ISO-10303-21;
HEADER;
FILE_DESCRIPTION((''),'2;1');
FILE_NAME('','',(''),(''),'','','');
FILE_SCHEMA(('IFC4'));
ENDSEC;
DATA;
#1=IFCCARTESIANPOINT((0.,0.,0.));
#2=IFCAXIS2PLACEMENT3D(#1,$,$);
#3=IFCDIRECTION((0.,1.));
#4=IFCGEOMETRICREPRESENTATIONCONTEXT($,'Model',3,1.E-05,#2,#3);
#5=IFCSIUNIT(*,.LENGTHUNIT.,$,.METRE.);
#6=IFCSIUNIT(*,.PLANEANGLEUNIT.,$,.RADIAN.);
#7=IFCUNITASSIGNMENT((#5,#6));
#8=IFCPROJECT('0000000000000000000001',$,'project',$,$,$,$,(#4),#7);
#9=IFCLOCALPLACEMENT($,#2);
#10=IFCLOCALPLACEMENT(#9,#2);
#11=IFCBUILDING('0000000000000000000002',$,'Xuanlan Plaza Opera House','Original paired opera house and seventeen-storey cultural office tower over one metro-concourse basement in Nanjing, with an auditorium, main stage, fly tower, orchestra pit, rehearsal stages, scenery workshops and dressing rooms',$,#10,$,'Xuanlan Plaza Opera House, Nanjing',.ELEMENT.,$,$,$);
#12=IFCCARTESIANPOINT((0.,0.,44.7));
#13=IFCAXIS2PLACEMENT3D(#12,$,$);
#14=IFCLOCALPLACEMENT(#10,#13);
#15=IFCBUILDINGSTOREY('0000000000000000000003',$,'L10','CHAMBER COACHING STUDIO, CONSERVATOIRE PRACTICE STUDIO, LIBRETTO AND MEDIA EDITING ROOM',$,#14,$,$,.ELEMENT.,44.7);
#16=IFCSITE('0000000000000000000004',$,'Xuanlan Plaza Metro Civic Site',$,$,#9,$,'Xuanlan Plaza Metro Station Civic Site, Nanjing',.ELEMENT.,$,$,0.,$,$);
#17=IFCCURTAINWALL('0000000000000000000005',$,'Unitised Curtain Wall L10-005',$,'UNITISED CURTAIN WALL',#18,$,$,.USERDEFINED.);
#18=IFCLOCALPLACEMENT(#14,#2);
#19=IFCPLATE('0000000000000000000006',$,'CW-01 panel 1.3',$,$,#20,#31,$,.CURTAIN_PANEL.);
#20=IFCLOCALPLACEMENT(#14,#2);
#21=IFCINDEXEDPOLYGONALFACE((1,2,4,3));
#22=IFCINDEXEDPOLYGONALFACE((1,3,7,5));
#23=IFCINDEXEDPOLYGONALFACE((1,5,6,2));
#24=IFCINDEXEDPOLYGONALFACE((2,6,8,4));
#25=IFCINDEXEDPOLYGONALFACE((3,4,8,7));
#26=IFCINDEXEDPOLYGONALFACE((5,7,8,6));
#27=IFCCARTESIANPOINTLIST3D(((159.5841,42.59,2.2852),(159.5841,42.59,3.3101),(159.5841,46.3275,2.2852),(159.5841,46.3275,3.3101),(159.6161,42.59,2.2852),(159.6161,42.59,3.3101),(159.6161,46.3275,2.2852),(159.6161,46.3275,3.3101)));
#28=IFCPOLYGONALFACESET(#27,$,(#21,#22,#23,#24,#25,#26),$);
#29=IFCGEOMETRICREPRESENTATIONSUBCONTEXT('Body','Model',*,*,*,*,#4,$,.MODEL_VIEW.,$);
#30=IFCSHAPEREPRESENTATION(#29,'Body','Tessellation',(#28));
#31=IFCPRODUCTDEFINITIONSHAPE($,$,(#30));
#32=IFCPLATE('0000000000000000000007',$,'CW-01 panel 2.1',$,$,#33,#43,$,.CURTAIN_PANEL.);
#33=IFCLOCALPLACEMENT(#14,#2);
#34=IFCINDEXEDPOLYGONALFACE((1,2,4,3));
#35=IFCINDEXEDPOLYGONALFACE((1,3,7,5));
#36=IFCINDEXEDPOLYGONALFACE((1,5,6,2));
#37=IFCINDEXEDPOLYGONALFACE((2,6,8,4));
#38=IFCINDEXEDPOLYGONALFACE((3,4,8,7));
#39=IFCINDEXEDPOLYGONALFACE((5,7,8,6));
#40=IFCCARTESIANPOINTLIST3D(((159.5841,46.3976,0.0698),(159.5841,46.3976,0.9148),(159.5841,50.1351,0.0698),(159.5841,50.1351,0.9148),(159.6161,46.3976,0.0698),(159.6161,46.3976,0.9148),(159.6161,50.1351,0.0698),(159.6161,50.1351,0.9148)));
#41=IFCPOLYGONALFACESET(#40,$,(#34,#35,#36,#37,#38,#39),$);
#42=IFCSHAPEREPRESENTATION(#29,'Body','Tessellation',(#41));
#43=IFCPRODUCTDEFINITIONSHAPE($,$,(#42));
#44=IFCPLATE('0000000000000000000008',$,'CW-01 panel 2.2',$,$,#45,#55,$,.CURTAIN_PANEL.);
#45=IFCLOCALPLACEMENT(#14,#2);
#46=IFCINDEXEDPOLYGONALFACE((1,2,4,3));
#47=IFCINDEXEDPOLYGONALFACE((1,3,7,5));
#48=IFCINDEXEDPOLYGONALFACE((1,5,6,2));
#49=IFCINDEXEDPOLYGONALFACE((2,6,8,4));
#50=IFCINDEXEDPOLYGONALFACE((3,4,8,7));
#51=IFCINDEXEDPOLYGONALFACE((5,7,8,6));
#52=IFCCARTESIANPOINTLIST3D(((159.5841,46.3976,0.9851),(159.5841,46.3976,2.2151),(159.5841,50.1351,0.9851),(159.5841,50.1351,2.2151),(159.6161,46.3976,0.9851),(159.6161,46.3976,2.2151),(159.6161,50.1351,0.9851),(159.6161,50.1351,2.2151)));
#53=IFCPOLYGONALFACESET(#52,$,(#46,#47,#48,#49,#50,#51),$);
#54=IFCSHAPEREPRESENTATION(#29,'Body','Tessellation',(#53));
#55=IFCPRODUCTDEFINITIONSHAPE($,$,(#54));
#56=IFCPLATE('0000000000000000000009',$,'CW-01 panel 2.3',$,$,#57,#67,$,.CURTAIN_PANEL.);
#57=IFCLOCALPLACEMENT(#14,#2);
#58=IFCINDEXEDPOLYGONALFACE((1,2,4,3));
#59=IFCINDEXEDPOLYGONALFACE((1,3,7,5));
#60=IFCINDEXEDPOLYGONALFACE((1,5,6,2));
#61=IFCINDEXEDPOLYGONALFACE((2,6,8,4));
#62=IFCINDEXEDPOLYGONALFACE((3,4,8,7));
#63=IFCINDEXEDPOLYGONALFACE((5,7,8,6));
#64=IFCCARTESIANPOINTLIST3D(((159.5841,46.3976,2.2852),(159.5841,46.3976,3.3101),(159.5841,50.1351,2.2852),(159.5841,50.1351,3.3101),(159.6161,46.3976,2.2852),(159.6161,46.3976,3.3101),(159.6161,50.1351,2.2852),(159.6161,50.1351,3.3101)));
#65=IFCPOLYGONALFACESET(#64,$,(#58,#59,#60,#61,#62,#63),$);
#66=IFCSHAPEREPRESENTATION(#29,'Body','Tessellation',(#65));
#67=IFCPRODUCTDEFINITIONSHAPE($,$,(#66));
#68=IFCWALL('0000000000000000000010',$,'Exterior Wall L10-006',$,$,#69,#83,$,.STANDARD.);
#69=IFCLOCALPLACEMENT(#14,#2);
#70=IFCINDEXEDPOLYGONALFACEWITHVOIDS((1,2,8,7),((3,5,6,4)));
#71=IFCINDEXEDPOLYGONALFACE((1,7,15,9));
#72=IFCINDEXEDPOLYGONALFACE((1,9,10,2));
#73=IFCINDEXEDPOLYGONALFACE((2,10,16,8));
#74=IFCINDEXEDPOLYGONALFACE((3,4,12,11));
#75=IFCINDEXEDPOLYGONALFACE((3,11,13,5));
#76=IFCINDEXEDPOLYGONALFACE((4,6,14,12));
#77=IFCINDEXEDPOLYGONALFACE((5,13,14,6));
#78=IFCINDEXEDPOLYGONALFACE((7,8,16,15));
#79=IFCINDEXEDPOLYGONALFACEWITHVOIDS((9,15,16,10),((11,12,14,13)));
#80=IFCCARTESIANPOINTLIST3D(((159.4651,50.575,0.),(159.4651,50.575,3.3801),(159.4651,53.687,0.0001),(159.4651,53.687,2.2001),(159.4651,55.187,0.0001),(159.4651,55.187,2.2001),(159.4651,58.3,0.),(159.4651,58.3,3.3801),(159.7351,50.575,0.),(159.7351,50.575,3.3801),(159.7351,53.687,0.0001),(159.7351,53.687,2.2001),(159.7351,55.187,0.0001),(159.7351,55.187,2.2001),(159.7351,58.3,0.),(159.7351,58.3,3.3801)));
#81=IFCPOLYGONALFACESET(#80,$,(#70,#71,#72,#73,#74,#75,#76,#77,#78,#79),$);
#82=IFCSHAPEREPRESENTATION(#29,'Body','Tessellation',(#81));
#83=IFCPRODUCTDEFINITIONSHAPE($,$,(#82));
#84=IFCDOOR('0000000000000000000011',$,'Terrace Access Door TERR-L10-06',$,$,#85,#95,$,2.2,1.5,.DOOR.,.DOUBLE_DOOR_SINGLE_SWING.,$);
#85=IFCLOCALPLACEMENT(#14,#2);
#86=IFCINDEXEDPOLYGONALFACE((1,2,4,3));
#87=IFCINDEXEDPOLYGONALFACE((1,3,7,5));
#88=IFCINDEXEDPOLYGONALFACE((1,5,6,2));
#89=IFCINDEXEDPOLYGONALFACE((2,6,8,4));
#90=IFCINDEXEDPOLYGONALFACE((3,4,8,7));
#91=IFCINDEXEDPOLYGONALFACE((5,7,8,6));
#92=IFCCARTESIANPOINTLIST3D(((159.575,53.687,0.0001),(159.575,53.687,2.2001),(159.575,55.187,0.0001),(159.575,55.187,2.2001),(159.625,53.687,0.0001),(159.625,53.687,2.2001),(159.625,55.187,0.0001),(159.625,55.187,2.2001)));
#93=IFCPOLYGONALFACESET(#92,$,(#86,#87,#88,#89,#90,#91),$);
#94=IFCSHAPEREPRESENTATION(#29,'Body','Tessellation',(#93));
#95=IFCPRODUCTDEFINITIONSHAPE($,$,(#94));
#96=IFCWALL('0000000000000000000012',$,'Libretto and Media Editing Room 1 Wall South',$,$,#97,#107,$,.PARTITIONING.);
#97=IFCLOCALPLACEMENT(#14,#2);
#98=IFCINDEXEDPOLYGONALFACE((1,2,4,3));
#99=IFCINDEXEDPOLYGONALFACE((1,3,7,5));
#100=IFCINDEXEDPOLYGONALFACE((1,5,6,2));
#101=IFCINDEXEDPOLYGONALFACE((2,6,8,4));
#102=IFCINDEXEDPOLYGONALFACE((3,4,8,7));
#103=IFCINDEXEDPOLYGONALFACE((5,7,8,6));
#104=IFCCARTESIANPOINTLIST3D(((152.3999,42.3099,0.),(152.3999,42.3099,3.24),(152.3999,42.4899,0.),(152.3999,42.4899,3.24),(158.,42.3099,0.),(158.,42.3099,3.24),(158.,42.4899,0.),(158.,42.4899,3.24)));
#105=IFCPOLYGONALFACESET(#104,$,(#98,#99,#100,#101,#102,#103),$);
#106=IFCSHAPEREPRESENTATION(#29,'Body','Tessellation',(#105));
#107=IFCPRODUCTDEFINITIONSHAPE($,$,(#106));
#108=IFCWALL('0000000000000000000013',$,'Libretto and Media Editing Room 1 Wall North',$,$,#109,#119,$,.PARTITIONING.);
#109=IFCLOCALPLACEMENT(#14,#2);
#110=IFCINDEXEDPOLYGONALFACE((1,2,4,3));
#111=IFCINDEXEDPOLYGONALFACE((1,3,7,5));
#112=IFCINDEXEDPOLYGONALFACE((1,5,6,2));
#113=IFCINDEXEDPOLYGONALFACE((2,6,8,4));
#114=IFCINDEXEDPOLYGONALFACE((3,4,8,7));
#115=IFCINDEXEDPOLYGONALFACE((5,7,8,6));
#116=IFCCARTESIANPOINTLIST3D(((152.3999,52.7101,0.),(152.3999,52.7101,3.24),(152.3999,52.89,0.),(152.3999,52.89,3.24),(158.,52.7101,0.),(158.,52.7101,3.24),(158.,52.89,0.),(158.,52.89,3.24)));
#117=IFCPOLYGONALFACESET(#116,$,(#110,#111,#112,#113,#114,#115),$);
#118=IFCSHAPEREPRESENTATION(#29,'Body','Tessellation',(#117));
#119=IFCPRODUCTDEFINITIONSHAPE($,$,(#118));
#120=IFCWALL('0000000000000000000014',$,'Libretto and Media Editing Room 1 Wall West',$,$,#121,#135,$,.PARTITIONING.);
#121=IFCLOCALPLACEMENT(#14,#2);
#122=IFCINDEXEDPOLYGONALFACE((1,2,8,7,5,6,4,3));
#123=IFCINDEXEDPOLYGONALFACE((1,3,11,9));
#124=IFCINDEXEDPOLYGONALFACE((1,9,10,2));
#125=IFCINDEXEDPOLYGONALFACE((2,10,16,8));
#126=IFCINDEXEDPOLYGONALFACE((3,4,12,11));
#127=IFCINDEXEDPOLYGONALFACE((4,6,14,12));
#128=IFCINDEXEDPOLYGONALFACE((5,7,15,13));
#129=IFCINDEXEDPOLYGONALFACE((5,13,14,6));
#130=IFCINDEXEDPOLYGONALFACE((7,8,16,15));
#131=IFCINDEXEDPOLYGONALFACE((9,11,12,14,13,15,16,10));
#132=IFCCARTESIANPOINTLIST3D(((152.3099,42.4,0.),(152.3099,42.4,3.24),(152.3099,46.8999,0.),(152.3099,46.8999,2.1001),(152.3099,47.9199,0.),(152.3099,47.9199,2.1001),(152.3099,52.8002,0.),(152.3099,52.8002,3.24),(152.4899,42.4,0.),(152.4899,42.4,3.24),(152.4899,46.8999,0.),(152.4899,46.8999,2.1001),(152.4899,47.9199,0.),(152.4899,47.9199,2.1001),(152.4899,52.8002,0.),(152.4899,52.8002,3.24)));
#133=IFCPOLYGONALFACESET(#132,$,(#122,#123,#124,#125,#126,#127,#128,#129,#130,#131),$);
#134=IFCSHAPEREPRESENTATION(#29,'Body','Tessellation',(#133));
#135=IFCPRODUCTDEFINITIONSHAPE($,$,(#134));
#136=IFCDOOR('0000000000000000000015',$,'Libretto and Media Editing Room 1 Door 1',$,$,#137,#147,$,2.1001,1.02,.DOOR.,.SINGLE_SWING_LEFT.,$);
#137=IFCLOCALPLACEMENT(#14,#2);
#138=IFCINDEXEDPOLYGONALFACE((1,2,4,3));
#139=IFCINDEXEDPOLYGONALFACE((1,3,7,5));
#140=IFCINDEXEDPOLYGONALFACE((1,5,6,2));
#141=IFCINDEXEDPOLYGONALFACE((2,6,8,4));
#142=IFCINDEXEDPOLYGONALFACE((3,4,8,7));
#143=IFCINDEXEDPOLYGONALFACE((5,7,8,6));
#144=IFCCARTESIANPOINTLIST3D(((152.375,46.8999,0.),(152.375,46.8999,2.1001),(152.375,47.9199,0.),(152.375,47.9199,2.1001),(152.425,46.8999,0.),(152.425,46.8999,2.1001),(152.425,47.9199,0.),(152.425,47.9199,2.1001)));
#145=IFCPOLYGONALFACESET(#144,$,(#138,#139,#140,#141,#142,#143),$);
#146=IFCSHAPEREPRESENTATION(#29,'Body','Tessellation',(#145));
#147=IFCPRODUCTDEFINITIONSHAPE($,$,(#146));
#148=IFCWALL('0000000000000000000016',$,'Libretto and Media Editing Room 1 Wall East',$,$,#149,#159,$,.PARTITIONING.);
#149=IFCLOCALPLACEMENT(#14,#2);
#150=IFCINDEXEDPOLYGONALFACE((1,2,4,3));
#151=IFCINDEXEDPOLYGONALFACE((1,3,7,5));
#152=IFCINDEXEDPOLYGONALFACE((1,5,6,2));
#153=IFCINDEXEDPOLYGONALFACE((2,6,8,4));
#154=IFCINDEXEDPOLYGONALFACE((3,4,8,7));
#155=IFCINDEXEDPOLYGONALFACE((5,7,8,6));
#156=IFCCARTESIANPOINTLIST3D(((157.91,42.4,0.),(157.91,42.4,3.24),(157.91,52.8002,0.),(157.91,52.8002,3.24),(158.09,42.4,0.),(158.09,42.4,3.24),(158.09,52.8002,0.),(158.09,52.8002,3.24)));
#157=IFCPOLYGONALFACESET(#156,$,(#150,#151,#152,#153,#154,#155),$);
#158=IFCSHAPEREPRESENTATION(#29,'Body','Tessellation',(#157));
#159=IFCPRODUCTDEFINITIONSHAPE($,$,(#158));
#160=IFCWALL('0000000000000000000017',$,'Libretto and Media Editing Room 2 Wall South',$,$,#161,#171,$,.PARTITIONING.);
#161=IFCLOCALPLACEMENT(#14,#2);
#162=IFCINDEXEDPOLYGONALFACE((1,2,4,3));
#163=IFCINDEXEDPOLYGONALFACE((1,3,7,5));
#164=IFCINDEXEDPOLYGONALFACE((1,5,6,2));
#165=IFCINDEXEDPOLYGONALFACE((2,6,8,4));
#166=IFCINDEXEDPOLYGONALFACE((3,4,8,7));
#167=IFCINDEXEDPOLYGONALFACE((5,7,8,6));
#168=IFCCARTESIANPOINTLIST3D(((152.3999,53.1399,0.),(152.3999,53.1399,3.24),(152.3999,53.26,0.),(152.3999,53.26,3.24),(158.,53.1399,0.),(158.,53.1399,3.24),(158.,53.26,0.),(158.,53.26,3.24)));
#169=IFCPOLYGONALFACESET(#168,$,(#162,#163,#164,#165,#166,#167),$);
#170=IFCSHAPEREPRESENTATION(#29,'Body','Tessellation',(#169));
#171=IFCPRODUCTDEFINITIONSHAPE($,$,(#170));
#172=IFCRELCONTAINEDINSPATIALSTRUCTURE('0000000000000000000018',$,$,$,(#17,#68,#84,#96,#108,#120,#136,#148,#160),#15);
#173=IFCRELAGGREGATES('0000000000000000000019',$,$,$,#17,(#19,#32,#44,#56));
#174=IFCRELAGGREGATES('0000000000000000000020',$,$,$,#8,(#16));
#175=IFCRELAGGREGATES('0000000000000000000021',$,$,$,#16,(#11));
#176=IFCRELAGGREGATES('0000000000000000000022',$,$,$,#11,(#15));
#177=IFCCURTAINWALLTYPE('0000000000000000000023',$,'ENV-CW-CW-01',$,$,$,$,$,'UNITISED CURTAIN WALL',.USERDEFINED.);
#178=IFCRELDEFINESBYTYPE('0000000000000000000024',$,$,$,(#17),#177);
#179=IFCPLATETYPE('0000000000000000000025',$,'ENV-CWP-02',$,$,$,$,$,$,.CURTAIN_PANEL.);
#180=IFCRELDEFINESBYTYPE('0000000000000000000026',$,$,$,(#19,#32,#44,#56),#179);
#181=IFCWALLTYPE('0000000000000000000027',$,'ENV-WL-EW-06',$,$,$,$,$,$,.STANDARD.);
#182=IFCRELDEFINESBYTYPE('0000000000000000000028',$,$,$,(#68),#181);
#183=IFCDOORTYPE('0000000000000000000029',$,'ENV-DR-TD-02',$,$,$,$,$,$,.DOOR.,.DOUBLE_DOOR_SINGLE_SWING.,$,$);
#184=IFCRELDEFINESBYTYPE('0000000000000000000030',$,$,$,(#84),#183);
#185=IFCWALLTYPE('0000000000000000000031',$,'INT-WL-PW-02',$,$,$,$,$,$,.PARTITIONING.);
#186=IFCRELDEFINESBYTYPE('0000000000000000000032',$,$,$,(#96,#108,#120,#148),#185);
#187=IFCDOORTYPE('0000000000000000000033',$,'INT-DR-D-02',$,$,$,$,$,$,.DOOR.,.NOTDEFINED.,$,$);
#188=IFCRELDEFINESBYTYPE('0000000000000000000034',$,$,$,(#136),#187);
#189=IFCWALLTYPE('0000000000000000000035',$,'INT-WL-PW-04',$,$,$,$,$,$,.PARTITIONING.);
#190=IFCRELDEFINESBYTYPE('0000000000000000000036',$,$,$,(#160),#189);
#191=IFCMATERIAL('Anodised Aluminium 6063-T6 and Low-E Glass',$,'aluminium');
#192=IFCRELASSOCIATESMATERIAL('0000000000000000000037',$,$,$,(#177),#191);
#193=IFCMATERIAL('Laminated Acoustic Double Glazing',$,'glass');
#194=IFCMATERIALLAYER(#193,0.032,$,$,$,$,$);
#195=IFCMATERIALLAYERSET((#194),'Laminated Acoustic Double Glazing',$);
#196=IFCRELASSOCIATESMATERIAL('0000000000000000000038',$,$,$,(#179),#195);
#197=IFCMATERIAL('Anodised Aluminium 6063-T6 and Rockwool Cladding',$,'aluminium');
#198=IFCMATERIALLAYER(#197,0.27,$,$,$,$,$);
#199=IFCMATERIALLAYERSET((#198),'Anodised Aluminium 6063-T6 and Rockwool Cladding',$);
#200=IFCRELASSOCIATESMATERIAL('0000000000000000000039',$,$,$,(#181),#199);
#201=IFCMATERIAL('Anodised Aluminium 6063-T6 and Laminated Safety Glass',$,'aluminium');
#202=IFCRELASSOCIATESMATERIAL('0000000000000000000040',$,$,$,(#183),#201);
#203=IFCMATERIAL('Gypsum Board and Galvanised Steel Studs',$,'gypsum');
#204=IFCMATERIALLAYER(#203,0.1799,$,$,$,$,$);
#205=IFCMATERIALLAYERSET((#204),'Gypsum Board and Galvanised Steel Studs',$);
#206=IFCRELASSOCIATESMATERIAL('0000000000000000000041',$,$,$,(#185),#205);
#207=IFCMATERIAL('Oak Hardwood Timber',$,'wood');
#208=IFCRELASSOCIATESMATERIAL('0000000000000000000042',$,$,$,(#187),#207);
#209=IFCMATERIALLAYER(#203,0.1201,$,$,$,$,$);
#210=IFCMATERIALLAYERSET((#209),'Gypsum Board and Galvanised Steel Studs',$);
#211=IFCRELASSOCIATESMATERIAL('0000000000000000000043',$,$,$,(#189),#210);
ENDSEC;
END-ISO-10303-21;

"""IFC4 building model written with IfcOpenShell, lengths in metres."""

from ifc_helpers import new_model, si_unit, direction, frame, frame_2d, origin, origin_2d, place, context, subcontext, project, spatial, rectangle, extrude, material, layer, layer_set, type_object, element, fill, aggregate, save


model = new_model("IFC4")

# Units and contexts
model_context = context("Model", 3, precision=1e-05, world=origin(), true_north=direction((0.0, 1.0)))
body_context = subcontext(model_context, "Body", "Model", "MODEL_VIEW")
ifc_project = project(units=[si_unit("LENGTHUNIT", "METRE"), si_unit("PLANEANGLEUNIT", "RADIAN")], contexts=[model_context])

# Site, building, storey
site_placement = place(None, origin())
site = spatial("IfcSite", under=ifc_project, at=site_placement, Name="Xuanlan Plaza Metro Civic Site", LongName="Xuanlan Plaza Metro Station Civic Site, Nanjing", CompositionType="ELEMENT", RefElevation=0.0)
building_placement = place(site_placement, origin())
building = spatial("IfcBuilding", under=site, at=building_placement, Name="Xuanlan Plaza Opera House", Description="Original paired opera house and seventeen-storey cultural office tower over one metro-concourse basement in Nanjing, with an auditorium, main stage, fly tower, orchestra pit, rehearsal stages, scenery workshops and dressing rooms", LongName="Xuanlan Plaza Opera House, Nanjing", CompositionType="ELEMENT")
storey_placement = place(building_placement, frame((0.0, 0.0, 44.7)))
storey = spatial("IfcBuildingStorey", under=building, at=storey_placement, Name="L10", Description="CHAMBER COACHING STUDIO, CONSERVATOIRE PRACTICE STUDIO, LIBRETTO AND MEDIA EDITING ROOM", CompositionType="ELEMENT", Elevation=44.7)

# Shared definitions
ifc_material_1 = material(Name="Anodised Aluminium 6063-T6 and Low-E Glass", Category="aluminium")

# Curtain wall
curtain_wall_type_1 = type_object("IfcCurtainWallType", Name="ENV-CW-CW-01", ElementType="UNITISED CURTAIN WALL", PredefinedType="USERDEFINED", material=ifc_material_1)
curtain_wall_1_placement = place(storey_placement, origin())
curtain_wall_1 = element("IfcCurtainWall", 1, at=curtain_wall_1_placement, inside=storey, type_object=curtain_wall_type_1, Name="Unitised Curtain Wall L10-005", ObjectType="UNITISED CURTAIN WALL", PredefinedType="USERDEFINED")

# Plates
ifc_material_2 = material(Name="Laminated Acoustic Double Glazing", Category="glass")
ifc_layer_1 = layer(ifc_material_2, 0.032)
ifc_layer_set_1 = layer_set([ifc_layer_1], Name="Laminated Acoustic Double Glazing")
plate_type = type_object("IfcPlateType", Name="ENV-CWP-02", PredefinedType="CURTAIN_PANEL", material=ifc_layer_set_1)
plate_1_placement = place(storey_placement, frame((159.6001, 44.4587, 2.2852), z_axis=(0.0, 0.0, 1.0), x_axis=(0.0, 1.0, 0.0)))
plate_1 = element("IfcPlate", 2, at=plate_1_placement, type_object=plate_type, Name="CW-01 panel 1.3", PredefinedType="CURTAIN_PANEL", context=body_context, shape_type="SweptSolid", body=[
    extrude(rectangle(XDim=3.7375, YDim=0.032, at=origin_2d()), origin(), (0.0, 0.0, 1.0), 1.0249),
])
plate_2_placement = place(storey_placement, frame((159.6001, 48.2664, 0.0698), z_axis=(0.0, 0.0, 1.0), x_axis=(0.0, 1.0, 0.0)))
plate_2 = element("IfcPlate", 3, at=plate_2_placement, type_object=plate_type, Name="CW-01 panel 2.1", PredefinedType="CURTAIN_PANEL", context=body_context, shape_type="SweptSolid", body=[
    extrude(rectangle(XDim=3.7375, YDim=0.032, at=origin_2d()), origin(), (0.0, 0.0, 1.0), 0.845),
])
plate_3_placement = place(storey_placement, frame((159.6001, 48.2664, 0.9851), z_axis=(0.0, 0.0, 1.0), x_axis=(0.0, 1.0, 0.0)))
plate_3 = element("IfcPlate", 4, at=plate_3_placement, type_object=plate_type, Name="CW-01 panel 2.2", PredefinedType="CURTAIN_PANEL", context=body_context, shape_type="SweptSolid", body=[
    extrude(rectangle(XDim=3.7375, YDim=0.032, at=origin_2d()), origin(), (0.0, 0.0, 1.0), 1.23),
])
plate_4_placement = place(storey_placement, frame((159.6001, 48.2664, 2.2852), z_axis=(0.0, 0.0, 1.0), x_axis=(0.0, 1.0, 0.0)))
plate_4 = element("IfcPlate", 5, at=plate_4_placement, type_object=plate_type, Name="CW-01 panel 2.3", PredefinedType="CURTAIN_PANEL", context=body_context, shape_type="SweptSolid", body=[
    extrude(rectangle(XDim=3.7375, YDim=0.032, at=origin_2d()), origin(), (0.0, 0.0, 1.0), 1.0249),
])
aggregate(curtain_wall_1, [plate_1, plate_2, plate_3, plate_4])

# Wall, opening, door
ifc_material_3 = material(Name="Anodised Aluminium 6063-T6 and Rockwool Cladding", Category="aluminium")
ifc_layer_2 = layer(ifc_material_3, 0.27)
ifc_layer_set_2 = layer_set([ifc_layer_2], Name="Anodised Aluminium 6063-T6 and Rockwool Cladding")
wall_type_1 = type_object("IfcWallType", Name="ENV-WL-EW-06", PredefinedType="STANDARD", material=ifc_layer_set_2)
wall_1_placement = place(storey_placement, frame((159.6001, 50.575, 0.0), z_axis=(0.0, 0.0, 1.0), x_axis=(0.0, 1.0, 0.0)))
wall_1 = element("IfcWall", 6, at=wall_1_placement, inside=storey, type_object=wall_type_1, Name="Exterior Wall L10-006", PredefinedType="STANDARD", context=body_context, shape_type="SweptSolid", body=[
    extrude(rectangle(XDim=7.7251, YDim=0.27, at=frame_2d((3.8625, 0.0))), origin(), (0.0, 0.0, 1.0), 3.3801),
])
opening_1_placement = place(wall_1_placement, frame((3.1121, 0.0, 0.0)))
opening_1 = element("IfcOpeningElement", 7, at=opening_1_placement, cuts=wall_1, PredefinedType="OPENING", context=body_context, shape_type="SweptSolid", body=[
    extrude(rectangle(XDim=1.5, YDim=2.2, at=frame_2d((0.75, 1.1001))), frame((0.0, 0.145, 0.0), z_axis=(0.0, -1.0, 0.0), x_axis=(1.0, 0.0, 0.0)), (0.0, 0.0, 1.0), 0.29),
])
ifc_material_4 = material(Name="Anodised Aluminium 6063-T6 and Laminated Safety Glass", Category="aluminium")
door_type_1 = type_object("IfcDoorType", Name="ENV-DR-TD-02", OperationType="DOUBLE_DOOR_SINGLE_SWING", PredefinedType="DOOR", material=ifc_material_4)
door_1_placement = place(opening_1_placement, frame((1.5, 0.0, 0.0), z_axis=(0.0, 0.0, 1.0), x_axis=(-1.0, 0.0, 0.0)))
door_1 = element("IfcDoor", 8, at=door_1_placement, inside=storey, type_object=door_type_1, Name="Terrace Access Door TERR-L10-06", OperationType="DOUBLE_DOOR_SINGLE_SWING", OverallHeight=2.2, OverallWidth=1.5, PredefinedType="DOOR", context=body_context, shape_type="SweptSolid", body=[
    extrude(rectangle(XDim=1.5, YDim=2.2, at=frame_2d((0.75, 1.1001))), frame((0.0, 0.0249, 0.0), z_axis=(0.0, -1.0, 0.0), x_axis=(1.0, 0.0, 0.0)), (0.0, 0.0, 1.0), 0.05),
])
fill(opening_1, door_1)

# Walls
ifc_material_5 = material(Name="Gypsum Board and Galvanised Steel Studs", Category="gypsum")
ifc_layer_3 = layer(ifc_material_5, 0.1799)
ifc_layer_set_3 = layer_set([ifc_layer_3], Name="Gypsum Board and Galvanised Steel Studs")
wall_type_2 = type_object("IfcWallType", Name="INT-WL-PW-02", PredefinedType="PARTITIONING", material=ifc_layer_set_3)
for number, where, z_axis, x_axis, name in (
    (9, (152.3999, 42.3999, 0.0), (0.0, 0.0, 1.0), (1.0, 0.0, 0.0), "Libretto and Media Editing Room 1 Wall South"),
    (10, (152.3999, 52.8, 0.0), (0.0, 0.0, 1.0), (1.0, 0.0, 0.0), "Libretto and Media Editing Room 1 Wall North"),
):
    element("IfcWall", number, at=place(storey_placement, frame(where, z_axis=z_axis, x_axis=x_axis)), inside=storey, type_object=wall_type_2, Name=name, PredefinedType="PARTITIONING", context=body_context, shape_type="SweptSolid", body=[
        extrude(rectangle(XDim=5.6001, YDim=0.1799, at=frame_2d((2.8, 0.0))), origin(), (0.0, 0.0, 1.0), 3.24),
    ])

# Wall, opening, door
wall_2_placement = place(storey_placement, frame((152.3999, 42.3999, 0.0), z_axis=(0.0, 0.0, 1.0), x_axis=(0.0, 1.0, 0.0)))
wall_2 = element("IfcWall", 11, at=wall_2_placement, inside=storey, type_object=wall_type_2, Name="Libretto and Media Editing Room 1 Wall West", PredefinedType="PARTITIONING", context=body_context, shape_type="SweptSolid", body=[
    extrude(rectangle(XDim=10.4001, YDim=0.1799, at=frame_2d((5.2002, 0.0))), origin(), (0.0, 0.0, 1.0), 3.24),
])
opening_2_placement = place(wall_2_placement, frame((4.5, 0.0, 0.0)))
opening_2 = element("IfcOpeningElement", 12, at=opening_2_placement, cuts=wall_2, PredefinedType="OPENING", context=body_context, shape_type="SweptSolid", body=[
    extrude(rectangle(XDim=1.02, YDim=2.1001, at=frame_2d((0.51, 1.05))), frame((0.0, 0.0999, 0.0), z_axis=(0.0, -1.0, 0.0), x_axis=(1.0, 0.0, 0.0)), (0.0, 0.0, 1.0), 0.2),
])
ifc_material_6 = material(Name="Oak Hardwood Timber", Category="wood")
door_type_2 = type_object("IfcDoorType", Name="INT-DR-D-02", OperationType="NOTDEFINED", PredefinedType="DOOR", material=ifc_material_6)
door_2_placement = place(opening_2_placement, origin())
door_2 = element("IfcDoor", 13, at=door_2_placement, inside=storey, type_object=door_type_2, Name="Libretto and Media Editing Room 1 Door 1", OperationType="SINGLE_SWING_LEFT", OverallHeight=2.1001, OverallWidth=1.02, PredefinedType="DOOR", context=body_context, shape_type="SweptSolid", body=[
    extrude(rectangle(XDim=1.02, YDim=2.1001, at=frame_2d((0.51, 1.05))), frame((0.0, 0.0249, 0.0), z_axis=(0.0, -1.0, 0.0), x_axis=(1.0, 0.0, 0.0)), (0.0, 0.0, 1.0), 0.05),
])
fill(opening_2, door_2)

# Walls
wall_3_placement = place(storey_placement, frame((158.0, 42.3999, 0.0), z_axis=(0.0, 0.0, 1.0), x_axis=(0.0, 1.0, 0.0)))
element("IfcWall", 14, at=wall_3_placement, inside=storey, type_object=wall_type_2, Name="Libretto and Media Editing Room 1 Wall East", PredefinedType="PARTITIONING", context=body_context, shape_type="SweptSolid", body=[
    extrude(rectangle(XDim=10.4001, YDim=0.1799, at=frame_2d((5.2002, 0.0))), origin(), (0.0, 0.0, 1.0), 3.24),
])
ifc_layer_4 = layer(ifc_material_5, 0.1201)
ifc_layer_set_4 = layer_set([ifc_layer_4], Name="Gypsum Board and Galvanised Steel Studs")
wall_type_3 = type_object("IfcWallType", Name="INT-WL-PW-04", PredefinedType="PARTITIONING", material=ifc_layer_set_4)
wall_4_placement = place(storey_placement, frame((152.3999, 53.2, 0.0), z_axis=(0.0, 0.0, 1.0), x_axis=(1.0, 0.0, 0.0)))
element("IfcWall", 15, at=wall_4_placement, inside=storey, type_object=wall_type_3, Name="Libretto and Media Editing Room 2 Wall South", PredefinedType="PARTITIONING", context=body_context, shape_type="SweptSolid", body=[
    extrude(rectangle(XDim=5.6001, YDim=0.1201, at=frame_2d((2.8, 0.0))), origin(), (0.0, 0.0, 1.0), 3.24),
])

save(model, "model.ifc")
